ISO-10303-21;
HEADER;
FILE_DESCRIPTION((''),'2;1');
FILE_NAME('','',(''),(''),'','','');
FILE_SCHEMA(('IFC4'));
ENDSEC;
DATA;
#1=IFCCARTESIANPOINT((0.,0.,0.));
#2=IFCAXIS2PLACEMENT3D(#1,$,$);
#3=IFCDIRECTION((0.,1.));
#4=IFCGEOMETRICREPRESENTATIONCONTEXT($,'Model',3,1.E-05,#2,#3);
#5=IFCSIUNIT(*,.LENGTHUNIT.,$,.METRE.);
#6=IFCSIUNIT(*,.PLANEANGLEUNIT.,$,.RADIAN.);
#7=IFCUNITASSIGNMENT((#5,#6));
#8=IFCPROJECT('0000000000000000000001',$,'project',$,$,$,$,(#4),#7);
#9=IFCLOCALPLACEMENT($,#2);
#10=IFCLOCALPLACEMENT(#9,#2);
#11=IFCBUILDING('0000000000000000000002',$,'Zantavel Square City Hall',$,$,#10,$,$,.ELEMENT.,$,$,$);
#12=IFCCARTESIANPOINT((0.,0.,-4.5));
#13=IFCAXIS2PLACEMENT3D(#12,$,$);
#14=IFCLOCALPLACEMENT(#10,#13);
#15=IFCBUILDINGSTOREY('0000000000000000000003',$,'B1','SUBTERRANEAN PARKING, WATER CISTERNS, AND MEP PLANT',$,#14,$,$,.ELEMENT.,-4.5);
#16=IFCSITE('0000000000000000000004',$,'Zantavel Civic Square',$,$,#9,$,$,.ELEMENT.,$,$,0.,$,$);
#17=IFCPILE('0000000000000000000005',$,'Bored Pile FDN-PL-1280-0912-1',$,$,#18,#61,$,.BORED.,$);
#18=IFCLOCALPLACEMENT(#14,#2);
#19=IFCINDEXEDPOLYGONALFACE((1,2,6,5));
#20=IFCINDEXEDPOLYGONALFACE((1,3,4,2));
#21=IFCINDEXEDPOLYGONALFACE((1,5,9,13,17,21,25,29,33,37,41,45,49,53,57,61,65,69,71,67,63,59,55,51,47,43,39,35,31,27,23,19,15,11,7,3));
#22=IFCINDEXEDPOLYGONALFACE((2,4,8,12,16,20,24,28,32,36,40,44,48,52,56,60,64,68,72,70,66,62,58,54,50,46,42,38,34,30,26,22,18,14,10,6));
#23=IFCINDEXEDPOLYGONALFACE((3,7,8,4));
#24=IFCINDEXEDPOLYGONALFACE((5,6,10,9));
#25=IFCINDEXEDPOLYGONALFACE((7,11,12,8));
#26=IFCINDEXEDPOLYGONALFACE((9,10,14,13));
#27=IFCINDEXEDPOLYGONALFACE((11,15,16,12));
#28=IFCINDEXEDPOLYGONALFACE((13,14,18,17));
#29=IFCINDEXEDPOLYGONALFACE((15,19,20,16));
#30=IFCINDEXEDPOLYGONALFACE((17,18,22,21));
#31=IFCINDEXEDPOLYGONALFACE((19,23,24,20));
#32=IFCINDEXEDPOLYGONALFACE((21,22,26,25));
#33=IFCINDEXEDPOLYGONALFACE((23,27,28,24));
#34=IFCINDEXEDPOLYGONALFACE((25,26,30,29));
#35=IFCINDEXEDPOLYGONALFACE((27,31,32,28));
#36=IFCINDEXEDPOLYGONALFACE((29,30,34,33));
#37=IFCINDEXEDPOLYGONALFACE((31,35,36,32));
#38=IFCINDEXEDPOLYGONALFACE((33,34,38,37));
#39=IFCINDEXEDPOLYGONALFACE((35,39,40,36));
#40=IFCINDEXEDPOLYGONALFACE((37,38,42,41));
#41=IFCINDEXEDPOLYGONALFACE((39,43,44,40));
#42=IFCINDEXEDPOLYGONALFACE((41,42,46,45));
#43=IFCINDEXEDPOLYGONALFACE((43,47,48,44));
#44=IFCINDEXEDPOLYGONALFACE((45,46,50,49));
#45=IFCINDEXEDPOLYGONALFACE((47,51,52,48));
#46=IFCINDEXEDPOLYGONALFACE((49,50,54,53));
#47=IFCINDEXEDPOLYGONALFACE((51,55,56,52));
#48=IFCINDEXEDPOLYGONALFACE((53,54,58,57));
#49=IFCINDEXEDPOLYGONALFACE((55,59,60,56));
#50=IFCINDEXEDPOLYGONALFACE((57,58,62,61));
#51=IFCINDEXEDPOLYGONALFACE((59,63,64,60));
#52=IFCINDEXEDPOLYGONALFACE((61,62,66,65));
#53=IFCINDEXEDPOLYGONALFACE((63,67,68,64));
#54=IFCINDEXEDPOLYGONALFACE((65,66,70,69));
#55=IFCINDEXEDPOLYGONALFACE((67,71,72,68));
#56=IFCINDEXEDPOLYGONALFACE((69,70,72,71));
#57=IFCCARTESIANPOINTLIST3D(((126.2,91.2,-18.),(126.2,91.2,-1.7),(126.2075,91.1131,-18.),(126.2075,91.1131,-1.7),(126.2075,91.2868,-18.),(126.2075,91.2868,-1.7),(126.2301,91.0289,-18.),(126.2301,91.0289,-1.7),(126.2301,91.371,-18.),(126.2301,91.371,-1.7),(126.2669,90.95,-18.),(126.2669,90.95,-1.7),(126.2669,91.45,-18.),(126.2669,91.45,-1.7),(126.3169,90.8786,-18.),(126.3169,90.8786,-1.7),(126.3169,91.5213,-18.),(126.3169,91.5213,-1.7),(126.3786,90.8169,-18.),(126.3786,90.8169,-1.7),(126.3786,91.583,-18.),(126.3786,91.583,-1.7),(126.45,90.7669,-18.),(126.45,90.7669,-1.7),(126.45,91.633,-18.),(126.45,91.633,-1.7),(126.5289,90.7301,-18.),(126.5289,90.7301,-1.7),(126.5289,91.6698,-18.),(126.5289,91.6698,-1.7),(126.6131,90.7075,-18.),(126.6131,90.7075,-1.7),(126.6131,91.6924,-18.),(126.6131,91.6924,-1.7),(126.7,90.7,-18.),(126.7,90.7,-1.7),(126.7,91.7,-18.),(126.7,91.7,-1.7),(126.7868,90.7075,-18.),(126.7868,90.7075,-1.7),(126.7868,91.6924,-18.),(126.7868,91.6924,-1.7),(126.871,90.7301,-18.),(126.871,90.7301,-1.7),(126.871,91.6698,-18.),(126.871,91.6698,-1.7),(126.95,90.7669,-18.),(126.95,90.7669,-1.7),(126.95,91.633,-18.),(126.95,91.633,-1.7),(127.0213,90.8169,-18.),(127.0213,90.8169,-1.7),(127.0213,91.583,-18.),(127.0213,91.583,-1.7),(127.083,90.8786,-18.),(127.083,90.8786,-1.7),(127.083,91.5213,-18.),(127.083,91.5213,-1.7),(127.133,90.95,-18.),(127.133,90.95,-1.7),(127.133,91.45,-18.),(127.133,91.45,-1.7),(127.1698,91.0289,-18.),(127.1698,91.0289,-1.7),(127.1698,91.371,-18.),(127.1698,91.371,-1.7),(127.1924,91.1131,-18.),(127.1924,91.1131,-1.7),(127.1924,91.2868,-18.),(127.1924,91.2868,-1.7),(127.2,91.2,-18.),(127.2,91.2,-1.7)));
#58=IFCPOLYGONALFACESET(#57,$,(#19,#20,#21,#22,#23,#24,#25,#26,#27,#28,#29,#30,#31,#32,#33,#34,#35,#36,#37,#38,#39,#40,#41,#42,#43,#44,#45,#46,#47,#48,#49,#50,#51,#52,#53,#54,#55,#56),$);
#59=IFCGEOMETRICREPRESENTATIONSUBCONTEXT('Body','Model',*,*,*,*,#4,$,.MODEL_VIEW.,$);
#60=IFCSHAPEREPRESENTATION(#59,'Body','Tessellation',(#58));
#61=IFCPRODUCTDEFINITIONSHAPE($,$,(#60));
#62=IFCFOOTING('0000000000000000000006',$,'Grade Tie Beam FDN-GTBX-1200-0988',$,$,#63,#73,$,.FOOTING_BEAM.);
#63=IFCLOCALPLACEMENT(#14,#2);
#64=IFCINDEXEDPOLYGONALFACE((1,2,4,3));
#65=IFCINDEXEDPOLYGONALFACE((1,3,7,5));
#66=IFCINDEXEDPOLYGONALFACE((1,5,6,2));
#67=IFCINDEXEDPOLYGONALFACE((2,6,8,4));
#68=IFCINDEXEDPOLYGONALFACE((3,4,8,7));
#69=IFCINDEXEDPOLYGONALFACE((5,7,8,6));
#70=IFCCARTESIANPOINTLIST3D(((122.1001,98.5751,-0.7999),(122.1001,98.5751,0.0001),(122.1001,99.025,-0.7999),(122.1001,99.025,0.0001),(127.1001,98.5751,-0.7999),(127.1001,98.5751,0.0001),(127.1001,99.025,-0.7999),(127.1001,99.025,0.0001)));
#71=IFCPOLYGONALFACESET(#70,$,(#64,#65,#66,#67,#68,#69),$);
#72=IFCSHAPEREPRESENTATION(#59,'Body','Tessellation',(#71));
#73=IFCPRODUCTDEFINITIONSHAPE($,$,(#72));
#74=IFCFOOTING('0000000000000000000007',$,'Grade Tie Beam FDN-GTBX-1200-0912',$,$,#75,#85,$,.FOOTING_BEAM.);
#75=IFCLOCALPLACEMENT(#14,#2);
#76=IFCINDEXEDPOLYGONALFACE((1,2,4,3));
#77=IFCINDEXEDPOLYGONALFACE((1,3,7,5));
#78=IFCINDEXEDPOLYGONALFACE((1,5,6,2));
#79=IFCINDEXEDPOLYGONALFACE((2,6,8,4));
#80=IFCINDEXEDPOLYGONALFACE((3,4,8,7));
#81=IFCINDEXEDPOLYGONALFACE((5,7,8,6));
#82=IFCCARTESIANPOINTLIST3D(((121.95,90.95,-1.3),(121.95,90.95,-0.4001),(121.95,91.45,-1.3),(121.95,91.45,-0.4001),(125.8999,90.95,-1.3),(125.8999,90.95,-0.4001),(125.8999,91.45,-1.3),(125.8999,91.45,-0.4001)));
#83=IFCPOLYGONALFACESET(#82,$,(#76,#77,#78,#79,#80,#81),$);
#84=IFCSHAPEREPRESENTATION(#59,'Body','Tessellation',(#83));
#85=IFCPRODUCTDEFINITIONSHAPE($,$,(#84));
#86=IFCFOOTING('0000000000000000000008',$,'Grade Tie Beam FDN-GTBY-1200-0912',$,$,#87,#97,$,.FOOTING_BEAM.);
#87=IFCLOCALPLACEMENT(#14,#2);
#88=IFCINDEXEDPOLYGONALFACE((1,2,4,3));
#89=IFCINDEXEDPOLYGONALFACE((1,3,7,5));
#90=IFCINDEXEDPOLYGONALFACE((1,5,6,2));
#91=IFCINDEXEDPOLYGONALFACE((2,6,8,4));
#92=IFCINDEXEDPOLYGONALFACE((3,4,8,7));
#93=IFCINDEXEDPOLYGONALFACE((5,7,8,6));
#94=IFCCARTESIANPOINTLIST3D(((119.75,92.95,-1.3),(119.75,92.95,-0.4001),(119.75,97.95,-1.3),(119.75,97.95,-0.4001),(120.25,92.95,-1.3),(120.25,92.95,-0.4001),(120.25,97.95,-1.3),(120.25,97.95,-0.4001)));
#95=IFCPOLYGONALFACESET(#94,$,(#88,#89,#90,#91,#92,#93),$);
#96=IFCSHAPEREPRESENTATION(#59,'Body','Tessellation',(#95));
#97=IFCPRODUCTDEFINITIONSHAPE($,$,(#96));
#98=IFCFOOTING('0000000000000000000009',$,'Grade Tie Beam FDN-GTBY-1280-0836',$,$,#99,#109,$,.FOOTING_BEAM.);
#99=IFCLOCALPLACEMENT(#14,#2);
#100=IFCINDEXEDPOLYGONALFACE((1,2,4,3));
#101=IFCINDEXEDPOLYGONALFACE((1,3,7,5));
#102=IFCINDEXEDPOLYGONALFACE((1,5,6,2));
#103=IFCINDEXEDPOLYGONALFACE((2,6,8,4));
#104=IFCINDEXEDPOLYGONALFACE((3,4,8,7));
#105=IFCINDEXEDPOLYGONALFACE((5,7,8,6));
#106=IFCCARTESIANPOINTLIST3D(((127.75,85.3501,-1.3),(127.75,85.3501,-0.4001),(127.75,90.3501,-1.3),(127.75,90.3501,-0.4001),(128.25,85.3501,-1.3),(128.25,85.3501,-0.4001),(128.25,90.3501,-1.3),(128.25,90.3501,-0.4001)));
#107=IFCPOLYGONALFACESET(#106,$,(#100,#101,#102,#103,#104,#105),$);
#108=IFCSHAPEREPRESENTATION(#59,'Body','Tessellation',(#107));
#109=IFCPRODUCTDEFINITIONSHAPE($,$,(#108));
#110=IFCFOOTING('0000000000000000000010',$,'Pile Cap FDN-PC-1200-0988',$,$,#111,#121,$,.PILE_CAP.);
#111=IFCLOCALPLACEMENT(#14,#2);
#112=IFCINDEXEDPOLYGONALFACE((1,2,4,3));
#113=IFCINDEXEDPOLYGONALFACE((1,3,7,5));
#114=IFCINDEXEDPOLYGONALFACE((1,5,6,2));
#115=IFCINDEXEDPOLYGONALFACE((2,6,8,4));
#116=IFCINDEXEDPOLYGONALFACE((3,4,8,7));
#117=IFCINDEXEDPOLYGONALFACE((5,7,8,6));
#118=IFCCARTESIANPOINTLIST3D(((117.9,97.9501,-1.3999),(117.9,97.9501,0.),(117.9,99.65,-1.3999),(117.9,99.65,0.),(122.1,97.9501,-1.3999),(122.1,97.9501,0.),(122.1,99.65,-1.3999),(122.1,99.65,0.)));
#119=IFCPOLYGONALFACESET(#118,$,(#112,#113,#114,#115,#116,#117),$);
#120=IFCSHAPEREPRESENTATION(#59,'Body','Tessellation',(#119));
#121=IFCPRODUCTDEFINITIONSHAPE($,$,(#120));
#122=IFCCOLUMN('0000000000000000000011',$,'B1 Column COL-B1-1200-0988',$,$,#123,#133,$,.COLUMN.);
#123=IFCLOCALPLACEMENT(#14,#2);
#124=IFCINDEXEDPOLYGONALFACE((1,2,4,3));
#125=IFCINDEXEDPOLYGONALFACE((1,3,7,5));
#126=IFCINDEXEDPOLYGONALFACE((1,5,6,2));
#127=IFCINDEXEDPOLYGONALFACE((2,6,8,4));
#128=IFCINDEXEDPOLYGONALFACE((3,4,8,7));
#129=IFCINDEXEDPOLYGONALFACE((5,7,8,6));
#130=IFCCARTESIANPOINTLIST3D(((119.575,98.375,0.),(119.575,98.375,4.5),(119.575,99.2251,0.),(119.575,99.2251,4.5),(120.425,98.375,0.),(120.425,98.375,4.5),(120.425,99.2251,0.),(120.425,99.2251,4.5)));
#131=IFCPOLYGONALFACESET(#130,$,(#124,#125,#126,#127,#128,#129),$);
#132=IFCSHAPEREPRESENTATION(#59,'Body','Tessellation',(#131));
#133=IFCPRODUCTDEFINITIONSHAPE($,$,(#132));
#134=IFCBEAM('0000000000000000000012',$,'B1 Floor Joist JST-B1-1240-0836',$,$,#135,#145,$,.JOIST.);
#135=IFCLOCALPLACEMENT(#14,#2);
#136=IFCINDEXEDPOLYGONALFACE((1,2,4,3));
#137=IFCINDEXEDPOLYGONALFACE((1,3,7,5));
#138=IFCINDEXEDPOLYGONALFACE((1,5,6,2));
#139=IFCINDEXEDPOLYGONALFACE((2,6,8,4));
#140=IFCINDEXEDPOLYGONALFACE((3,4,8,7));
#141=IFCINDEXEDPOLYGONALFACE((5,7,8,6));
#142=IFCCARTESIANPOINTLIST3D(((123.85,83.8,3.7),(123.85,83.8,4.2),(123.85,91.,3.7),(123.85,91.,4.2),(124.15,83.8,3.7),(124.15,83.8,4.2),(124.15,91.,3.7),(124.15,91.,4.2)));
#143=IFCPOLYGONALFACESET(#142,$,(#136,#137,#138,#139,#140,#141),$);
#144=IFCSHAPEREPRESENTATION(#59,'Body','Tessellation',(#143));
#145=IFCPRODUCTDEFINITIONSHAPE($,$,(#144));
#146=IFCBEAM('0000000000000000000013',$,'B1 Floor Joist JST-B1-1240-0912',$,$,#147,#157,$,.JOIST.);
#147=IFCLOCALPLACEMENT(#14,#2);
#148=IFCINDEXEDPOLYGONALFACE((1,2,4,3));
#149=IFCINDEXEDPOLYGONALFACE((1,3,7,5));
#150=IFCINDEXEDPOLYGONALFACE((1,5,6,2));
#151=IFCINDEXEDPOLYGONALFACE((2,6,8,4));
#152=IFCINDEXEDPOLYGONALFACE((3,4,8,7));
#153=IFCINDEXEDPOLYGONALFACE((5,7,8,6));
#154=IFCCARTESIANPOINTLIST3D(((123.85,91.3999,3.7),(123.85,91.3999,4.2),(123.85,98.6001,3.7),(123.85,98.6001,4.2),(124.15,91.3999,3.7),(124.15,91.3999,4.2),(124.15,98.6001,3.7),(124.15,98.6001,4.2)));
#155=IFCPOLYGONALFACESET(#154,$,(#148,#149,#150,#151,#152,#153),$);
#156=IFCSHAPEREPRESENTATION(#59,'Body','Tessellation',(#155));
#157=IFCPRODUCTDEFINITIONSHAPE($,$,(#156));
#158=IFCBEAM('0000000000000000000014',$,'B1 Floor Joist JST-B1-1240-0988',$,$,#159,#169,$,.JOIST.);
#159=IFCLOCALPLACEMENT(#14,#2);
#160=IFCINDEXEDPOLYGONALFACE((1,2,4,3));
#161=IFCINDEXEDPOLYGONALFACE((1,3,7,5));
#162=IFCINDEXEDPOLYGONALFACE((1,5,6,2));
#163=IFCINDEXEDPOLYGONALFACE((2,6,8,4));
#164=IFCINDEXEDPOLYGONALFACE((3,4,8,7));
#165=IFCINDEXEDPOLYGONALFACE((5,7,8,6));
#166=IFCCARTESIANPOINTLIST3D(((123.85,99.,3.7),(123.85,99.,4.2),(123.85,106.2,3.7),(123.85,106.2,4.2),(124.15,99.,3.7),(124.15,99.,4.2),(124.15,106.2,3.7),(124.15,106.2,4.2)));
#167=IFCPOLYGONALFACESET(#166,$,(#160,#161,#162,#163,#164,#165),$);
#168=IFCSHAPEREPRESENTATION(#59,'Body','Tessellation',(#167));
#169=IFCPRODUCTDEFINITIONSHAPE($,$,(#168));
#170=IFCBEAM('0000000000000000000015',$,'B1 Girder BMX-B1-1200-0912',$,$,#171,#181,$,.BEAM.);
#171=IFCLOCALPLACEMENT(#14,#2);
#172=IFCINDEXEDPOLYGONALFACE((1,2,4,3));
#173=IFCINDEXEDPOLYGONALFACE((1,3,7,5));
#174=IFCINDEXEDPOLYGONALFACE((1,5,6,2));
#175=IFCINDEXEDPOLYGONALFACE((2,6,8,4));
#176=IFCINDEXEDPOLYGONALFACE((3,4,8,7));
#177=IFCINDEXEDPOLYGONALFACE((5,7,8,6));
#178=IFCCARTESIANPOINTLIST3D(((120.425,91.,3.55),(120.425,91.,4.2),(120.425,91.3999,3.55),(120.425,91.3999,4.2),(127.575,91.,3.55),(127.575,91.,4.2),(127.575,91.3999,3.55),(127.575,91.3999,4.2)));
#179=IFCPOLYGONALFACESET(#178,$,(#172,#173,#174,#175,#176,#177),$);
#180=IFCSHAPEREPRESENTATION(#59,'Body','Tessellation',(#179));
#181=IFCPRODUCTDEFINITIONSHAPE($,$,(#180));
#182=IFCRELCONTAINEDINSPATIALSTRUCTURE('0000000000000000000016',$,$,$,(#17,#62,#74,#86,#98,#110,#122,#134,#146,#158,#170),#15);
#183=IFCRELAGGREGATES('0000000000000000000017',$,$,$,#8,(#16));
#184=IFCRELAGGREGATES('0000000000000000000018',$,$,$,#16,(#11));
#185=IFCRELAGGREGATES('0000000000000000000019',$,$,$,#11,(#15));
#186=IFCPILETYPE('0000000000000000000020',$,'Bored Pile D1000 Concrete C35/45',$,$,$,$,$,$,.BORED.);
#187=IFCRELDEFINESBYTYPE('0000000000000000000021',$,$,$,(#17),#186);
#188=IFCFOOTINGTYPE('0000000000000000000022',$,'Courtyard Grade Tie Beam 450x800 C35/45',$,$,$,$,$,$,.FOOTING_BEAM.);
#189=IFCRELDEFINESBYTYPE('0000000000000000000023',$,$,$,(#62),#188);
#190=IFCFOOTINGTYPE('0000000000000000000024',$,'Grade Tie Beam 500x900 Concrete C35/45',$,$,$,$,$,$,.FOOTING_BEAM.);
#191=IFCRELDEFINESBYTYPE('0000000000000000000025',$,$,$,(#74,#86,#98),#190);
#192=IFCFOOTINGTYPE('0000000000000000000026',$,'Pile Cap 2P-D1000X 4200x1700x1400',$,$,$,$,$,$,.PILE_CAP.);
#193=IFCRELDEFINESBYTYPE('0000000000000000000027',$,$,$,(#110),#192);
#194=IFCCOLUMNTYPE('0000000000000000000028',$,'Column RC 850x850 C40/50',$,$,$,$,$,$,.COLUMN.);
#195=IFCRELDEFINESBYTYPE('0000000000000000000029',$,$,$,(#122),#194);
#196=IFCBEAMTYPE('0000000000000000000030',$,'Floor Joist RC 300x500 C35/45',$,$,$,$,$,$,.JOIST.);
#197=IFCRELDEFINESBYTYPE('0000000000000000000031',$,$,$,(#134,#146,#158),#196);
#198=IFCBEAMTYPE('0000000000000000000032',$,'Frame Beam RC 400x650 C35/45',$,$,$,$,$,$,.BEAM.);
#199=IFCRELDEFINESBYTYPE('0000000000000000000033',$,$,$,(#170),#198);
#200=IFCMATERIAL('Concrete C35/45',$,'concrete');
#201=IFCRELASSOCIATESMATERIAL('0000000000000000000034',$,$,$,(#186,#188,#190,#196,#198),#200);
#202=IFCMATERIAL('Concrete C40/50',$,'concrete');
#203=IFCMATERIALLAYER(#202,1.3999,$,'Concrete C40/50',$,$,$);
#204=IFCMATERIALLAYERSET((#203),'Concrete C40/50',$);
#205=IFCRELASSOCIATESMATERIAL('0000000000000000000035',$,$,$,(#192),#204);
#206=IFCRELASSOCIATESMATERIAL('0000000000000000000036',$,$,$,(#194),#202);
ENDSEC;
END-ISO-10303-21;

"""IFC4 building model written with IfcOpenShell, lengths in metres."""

from ifc_helpers import new_model, si_unit, direction, frame, origin, origin_2d, place, context, subcontext, project, spatial, rectangle, circle, extrude, material, layer, layer_set, material_profile, profile_set, type_object, element, save


model = new_model("IFC4")

# Units and contexts
model_context = context("Model", 3, precision=1e-05, world=origin(), true_north=direction((0.0, 1.0)))
body_context = subcontext(model_context, "Body", "Model", "MODEL_VIEW")
ifc_project = project(units=[si_unit("LENGTHUNIT", "METRE"), si_unit("PLANEANGLEUNIT", "RADIAN")], contexts=[model_context])

# Site, building, storey
site_placement = place(None, origin())
site = spatial("IfcSite", under=ifc_project, at=site_placement, Name="Zantavel Civic Square", CompositionType="ELEMENT", RefElevation=0.0)
building_placement = place(site_placement, origin())
building = spatial("IfcBuilding", under=site, at=building_placement, Name="Zantavel Square City Hall", CompositionType="ELEMENT")
storey_placement = place(building_placement, frame((0.0, 0.0, -4.5)))
storey = spatial("IfcBuildingStorey", under=building, at=storey_placement, Name="B1", Description="SUBTERRANEAN PARKING, WATER CISTERNS, AND MEP PLANT", CompositionType="ELEMENT", Elevation=-4.5)

# Pile
ifc_material_1 = material(Name="Concrete C35/45", Category="concrete")
ifc_material_profile_1 = material_profile(ifc_material_1, circle(Radius=0.5, at=origin_2d()), Name="PILE D1000")
ifc_profile_set_1 = profile_set([ifc_material_profile_1], Name="Concrete C35/45")
pile_type = type_object("IfcPileType", Name="Bored Pile D1000 Concrete C35/45", PredefinedType="BORED", material=ifc_profile_set_1)
pile_1_placement = place(storey_placement, frame((126.7, 91.2, -1.7), z_axis=(0.0, 0.0, -1.0), x_axis=(1.0, 0.0, 0.0)))
element("IfcPile", 1, at=pile_1_placement, inside=storey, type_object=pile_type, Name="Bored Pile FDN-PL-1280-0912-1", PredefinedType="BORED", context=body_context, shape_type="SweptSolid", body=[
    extrude(circle(Radius=0.5, at=origin_2d()), origin(), (0.0, 0.0, 1.0), 16.3),
])

# Footings
ifc_material_profile_2 = material_profile(ifc_material_1, rectangle(XDim=0.45, YDim=0.8, at=origin_2d()), Name="RC 450x800")
ifc_profile_set_2 = profile_set([ifc_material_profile_2], Name="Concrete C35/45")
footing_type_1 = type_object("IfcFootingType", Name="Courtyard Grade Tie Beam 450x800 C35/45", PredefinedType="FOOTING_BEAM", material=ifc_profile_set_2)
footing_1_placement = place(storey_placement, frame((122.1001, 98.8, -0.3999), z_axis=(1.0, 0.0, 0.0), x_axis=(0.0, 1.0, 0.0)))
element("IfcFooting", 2, at=footing_1_placement, inside=storey, type_object=footing_type_1, Name="Grade Tie Beam FDN-GTBX-1200-0988", PredefinedType="FOOTING_BEAM", context=body_context, shape_type="SweptSolid", body=[
    extrude(rectangle(XDim=0.45, YDim=0.8, at=origin_2d()), origin(), (0.0, 0.0, 1.0), 5.0),
])
ifc_material_profile_3 = material_profile(ifc_material_1, rectangle(XDim=0.5, YDim=0.8999, at=origin_2d()), Name="RC 500x900")
ifc_profile_set_3 = profile_set([ifc_material_profile_3], Name="Concrete C35/45")
footing_type_2 = type_object("IfcFootingType", Name="Grade Tie Beam 500x900 Concrete C35/45", PredefinedType="FOOTING_BEAM", material=ifc_profile_set_3)
footing_2_placement = place(storey_placement, frame((121.95, 91.2, -0.8501), z_axis=(1.0, 0.0, 0.0), x_axis=(0.0, 1.0, 0.0)))
element("IfcFooting", 3, at=footing_2_placement, inside=storey, type_object=footing_type_2, Name="Grade Tie Beam FDN-GTBX-1200-0912", PredefinedType="FOOTING_BEAM", context=body_context, shape_type="SweptSolid", body=[
    extrude(rectangle(XDim=0.5, YDim=0.8999, at=origin_2d()), origin(), (0.0, 0.0, 1.0), 3.95),
])
for number, where, z_axis, x_axis, name in (
    (4, (120.0, 92.95, -0.8501), (0.0, 1.0, 0.0), (-1.0, 0.0, 0.0), "Grade Tie Beam FDN-GTBY-1200-0912"),
    (5, (128.0, 85.3501, -0.8501), (0.0, 1.0, 0.0), (-1.0, 0.0, 0.0), "Grade Tie Beam FDN-GTBY-1280-0836"),
):
    element("IfcFooting", number, at=place(storey_placement, frame(where, z_axis=z_axis, x_axis=x_axis)), inside=storey, type_object=footing_type_2, Name=name, PredefinedType="FOOTING_BEAM", context=body_context, shape_type="SweptSolid", body=[
        extrude(rectangle(XDim=0.5, YDim=0.8999, at=origin_2d()), origin(), (0.0, 0.0, 1.0), 5.0),
    ])
ifc_material_2 = material(Name="Concrete C40/50", Category="concrete")
ifc_layer_1 = layer(ifc_material_2, 1.3999, Name="Concrete C40/50")
ifc_layer_set_1 = layer_set([ifc_layer_1], Name="Concrete C40/50")
footing_type_3 = type_object("IfcFootingType", Name="Pile Cap 2P-D1000X 4200x1700x1400", PredefinedType="PILE_CAP", material=ifc_layer_set_1)
footing_3_placement = place(storey_placement, frame((120.0, 98.8, -1.3999), z_axis=(0.0, 0.0, 1.0), x_axis=(1.0, 0.0, 0.0)))
element("IfcFooting", 6, at=footing_3_placement, inside=storey, type_object=footing_type_3, Name="Pile Cap FDN-PC-1200-0988", PredefinedType="PILE_CAP", context=body_context, shape_type="SweptSolid", body=[
    extrude(rectangle(XDim=4.2, YDim=1.7, at=origin_2d()), origin(), (0.0, 0.0, 1.0), 1.3999),
])

# Column
ifc_material_profile_4 = material_profile(ifc_material_2, rectangle(XDim=0.8501, YDim=0.8501, at=origin_2d()), Name="RC 850x850")
ifc_profile_set_4 = profile_set([ifc_material_profile_4], Name="Concrete C40/50")
column_type = type_object("IfcColumnType", Name="Column RC 850x850 C40/50", PredefinedType="COLUMN", material=ifc_profile_set_4)
column_placement = place(storey_placement, frame((120.0, 98.8, 0.0), z_axis=(0.0, 0.0, 1.0), x_axis=(1.0, 0.0, 0.0)))
element("IfcColumn", 7, at=column_placement, inside=storey, type_object=column_type, Name="B1 Column COL-B1-1200-0988", PredefinedType="COLUMN", context=body_context, shape_type="SweptSolid", body=[
    extrude(rectangle(XDim=0.8501, YDim=0.8501, at=origin_2d()), origin(), (0.0, 0.0, 1.0), 4.5),
])

# Beams
ifc_material_profile_5 = material_profile(ifc_material_1, rectangle(XDim=0.3, YDim=0.5, at=origin_2d()), Name="RC 300x500")
ifc_profile_set_5 = profile_set([ifc_material_profile_5], Name="Concrete C35/45")
beam_type_1 = type_object("IfcBeamType", Name="Floor Joist RC 300x500 C35/45", PredefinedType="JOIST", material=ifc_profile_set_5)
beam_1_placement = place(storey_placement, frame((124.0, 83.8, 3.95), z_axis=(0.0, 1.0, 0.0), x_axis=(-1.0, 0.0, 0.0)))
element("IfcBeam", 8, at=beam_1_placement, inside=storey, type_object=beam_type_1, Name="B1 Floor Joist JST-B1-1240-0836", PredefinedType="JOIST", context=body_context, shape_type="SweptSolid", body=[
    extrude(rectangle(XDim=0.3, YDim=0.5, at=origin_2d()), origin(), (0.0, 0.0, 1.0), 7.2),
])
beam_2_placement = place(storey_placement, frame((124.0, 91.3999, 3.95), z_axis=(0.0, 1.0, 0.0), x_axis=(-1.0, 0.0, 0.0)))
element("IfcBeam", 9, at=beam_2_placement, inside=storey, type_object=beam_type_1, Name="B1 Floor Joist JST-B1-1240-0912", PredefinedType="JOIST", context=body_context, shape_type="SweptSolid", body=[
    extrude(rectangle(XDim=0.3, YDim=0.5, at=origin_2d()), origin(), (0.0, 0.0, 1.0), 7.2002),
])
beam_3_placement = place(storey_placement, frame((124.0, 99.0, 3.95), z_axis=(0.0, 1.0, 0.0), x_axis=(-1.0, 0.0, 0.0)))
element("IfcBeam", 10, at=beam_3_placement, inside=storey, type_object=beam_type_1, Name="B1 Floor Joist JST-B1-1240-0988", PredefinedType="JOIST", context=body_context, shape_type="SweptSolid", body=[
    extrude(rectangle(XDim=0.3, YDim=0.5, at=origin_2d()), origin(), (0.0, 0.0, 1.0), 7.2),
])
ifc_material_profile_6 = material_profile(ifc_material_1, rectangle(XDim=0.3999, YDim=0.6499, at=origin_2d()), Name="RC 400x650")
ifc_profile_set_6 = profile_set([ifc_material_profile_6], Name="Concrete C35/45")
beam_type_2 = type_object("IfcBeamType", Name="Frame Beam RC 400x650 C35/45", PredefinedType="BEAM", material=ifc_profile_set_6)
beam_4_placement = place(storey_placement, frame((120.425, 91.2, 3.875), z_axis=(1.0, 0.0, 0.0), x_axis=(0.0, 1.0, 0.0)))
element("IfcBeam", 11, at=beam_4_placement, inside=storey, type_object=beam_type_2, Name="B1 Girder BMX-B1-1200-0912", PredefinedType="BEAM", context=body_context, shape_type="SweptSolid", body=[
    extrude(rectangle(XDim=0.3999, YDim=0.6499, at=origin_2d()), origin(), (0.0, 0.0, 1.0), 7.1499),
])

save(model, "model.ifc")
